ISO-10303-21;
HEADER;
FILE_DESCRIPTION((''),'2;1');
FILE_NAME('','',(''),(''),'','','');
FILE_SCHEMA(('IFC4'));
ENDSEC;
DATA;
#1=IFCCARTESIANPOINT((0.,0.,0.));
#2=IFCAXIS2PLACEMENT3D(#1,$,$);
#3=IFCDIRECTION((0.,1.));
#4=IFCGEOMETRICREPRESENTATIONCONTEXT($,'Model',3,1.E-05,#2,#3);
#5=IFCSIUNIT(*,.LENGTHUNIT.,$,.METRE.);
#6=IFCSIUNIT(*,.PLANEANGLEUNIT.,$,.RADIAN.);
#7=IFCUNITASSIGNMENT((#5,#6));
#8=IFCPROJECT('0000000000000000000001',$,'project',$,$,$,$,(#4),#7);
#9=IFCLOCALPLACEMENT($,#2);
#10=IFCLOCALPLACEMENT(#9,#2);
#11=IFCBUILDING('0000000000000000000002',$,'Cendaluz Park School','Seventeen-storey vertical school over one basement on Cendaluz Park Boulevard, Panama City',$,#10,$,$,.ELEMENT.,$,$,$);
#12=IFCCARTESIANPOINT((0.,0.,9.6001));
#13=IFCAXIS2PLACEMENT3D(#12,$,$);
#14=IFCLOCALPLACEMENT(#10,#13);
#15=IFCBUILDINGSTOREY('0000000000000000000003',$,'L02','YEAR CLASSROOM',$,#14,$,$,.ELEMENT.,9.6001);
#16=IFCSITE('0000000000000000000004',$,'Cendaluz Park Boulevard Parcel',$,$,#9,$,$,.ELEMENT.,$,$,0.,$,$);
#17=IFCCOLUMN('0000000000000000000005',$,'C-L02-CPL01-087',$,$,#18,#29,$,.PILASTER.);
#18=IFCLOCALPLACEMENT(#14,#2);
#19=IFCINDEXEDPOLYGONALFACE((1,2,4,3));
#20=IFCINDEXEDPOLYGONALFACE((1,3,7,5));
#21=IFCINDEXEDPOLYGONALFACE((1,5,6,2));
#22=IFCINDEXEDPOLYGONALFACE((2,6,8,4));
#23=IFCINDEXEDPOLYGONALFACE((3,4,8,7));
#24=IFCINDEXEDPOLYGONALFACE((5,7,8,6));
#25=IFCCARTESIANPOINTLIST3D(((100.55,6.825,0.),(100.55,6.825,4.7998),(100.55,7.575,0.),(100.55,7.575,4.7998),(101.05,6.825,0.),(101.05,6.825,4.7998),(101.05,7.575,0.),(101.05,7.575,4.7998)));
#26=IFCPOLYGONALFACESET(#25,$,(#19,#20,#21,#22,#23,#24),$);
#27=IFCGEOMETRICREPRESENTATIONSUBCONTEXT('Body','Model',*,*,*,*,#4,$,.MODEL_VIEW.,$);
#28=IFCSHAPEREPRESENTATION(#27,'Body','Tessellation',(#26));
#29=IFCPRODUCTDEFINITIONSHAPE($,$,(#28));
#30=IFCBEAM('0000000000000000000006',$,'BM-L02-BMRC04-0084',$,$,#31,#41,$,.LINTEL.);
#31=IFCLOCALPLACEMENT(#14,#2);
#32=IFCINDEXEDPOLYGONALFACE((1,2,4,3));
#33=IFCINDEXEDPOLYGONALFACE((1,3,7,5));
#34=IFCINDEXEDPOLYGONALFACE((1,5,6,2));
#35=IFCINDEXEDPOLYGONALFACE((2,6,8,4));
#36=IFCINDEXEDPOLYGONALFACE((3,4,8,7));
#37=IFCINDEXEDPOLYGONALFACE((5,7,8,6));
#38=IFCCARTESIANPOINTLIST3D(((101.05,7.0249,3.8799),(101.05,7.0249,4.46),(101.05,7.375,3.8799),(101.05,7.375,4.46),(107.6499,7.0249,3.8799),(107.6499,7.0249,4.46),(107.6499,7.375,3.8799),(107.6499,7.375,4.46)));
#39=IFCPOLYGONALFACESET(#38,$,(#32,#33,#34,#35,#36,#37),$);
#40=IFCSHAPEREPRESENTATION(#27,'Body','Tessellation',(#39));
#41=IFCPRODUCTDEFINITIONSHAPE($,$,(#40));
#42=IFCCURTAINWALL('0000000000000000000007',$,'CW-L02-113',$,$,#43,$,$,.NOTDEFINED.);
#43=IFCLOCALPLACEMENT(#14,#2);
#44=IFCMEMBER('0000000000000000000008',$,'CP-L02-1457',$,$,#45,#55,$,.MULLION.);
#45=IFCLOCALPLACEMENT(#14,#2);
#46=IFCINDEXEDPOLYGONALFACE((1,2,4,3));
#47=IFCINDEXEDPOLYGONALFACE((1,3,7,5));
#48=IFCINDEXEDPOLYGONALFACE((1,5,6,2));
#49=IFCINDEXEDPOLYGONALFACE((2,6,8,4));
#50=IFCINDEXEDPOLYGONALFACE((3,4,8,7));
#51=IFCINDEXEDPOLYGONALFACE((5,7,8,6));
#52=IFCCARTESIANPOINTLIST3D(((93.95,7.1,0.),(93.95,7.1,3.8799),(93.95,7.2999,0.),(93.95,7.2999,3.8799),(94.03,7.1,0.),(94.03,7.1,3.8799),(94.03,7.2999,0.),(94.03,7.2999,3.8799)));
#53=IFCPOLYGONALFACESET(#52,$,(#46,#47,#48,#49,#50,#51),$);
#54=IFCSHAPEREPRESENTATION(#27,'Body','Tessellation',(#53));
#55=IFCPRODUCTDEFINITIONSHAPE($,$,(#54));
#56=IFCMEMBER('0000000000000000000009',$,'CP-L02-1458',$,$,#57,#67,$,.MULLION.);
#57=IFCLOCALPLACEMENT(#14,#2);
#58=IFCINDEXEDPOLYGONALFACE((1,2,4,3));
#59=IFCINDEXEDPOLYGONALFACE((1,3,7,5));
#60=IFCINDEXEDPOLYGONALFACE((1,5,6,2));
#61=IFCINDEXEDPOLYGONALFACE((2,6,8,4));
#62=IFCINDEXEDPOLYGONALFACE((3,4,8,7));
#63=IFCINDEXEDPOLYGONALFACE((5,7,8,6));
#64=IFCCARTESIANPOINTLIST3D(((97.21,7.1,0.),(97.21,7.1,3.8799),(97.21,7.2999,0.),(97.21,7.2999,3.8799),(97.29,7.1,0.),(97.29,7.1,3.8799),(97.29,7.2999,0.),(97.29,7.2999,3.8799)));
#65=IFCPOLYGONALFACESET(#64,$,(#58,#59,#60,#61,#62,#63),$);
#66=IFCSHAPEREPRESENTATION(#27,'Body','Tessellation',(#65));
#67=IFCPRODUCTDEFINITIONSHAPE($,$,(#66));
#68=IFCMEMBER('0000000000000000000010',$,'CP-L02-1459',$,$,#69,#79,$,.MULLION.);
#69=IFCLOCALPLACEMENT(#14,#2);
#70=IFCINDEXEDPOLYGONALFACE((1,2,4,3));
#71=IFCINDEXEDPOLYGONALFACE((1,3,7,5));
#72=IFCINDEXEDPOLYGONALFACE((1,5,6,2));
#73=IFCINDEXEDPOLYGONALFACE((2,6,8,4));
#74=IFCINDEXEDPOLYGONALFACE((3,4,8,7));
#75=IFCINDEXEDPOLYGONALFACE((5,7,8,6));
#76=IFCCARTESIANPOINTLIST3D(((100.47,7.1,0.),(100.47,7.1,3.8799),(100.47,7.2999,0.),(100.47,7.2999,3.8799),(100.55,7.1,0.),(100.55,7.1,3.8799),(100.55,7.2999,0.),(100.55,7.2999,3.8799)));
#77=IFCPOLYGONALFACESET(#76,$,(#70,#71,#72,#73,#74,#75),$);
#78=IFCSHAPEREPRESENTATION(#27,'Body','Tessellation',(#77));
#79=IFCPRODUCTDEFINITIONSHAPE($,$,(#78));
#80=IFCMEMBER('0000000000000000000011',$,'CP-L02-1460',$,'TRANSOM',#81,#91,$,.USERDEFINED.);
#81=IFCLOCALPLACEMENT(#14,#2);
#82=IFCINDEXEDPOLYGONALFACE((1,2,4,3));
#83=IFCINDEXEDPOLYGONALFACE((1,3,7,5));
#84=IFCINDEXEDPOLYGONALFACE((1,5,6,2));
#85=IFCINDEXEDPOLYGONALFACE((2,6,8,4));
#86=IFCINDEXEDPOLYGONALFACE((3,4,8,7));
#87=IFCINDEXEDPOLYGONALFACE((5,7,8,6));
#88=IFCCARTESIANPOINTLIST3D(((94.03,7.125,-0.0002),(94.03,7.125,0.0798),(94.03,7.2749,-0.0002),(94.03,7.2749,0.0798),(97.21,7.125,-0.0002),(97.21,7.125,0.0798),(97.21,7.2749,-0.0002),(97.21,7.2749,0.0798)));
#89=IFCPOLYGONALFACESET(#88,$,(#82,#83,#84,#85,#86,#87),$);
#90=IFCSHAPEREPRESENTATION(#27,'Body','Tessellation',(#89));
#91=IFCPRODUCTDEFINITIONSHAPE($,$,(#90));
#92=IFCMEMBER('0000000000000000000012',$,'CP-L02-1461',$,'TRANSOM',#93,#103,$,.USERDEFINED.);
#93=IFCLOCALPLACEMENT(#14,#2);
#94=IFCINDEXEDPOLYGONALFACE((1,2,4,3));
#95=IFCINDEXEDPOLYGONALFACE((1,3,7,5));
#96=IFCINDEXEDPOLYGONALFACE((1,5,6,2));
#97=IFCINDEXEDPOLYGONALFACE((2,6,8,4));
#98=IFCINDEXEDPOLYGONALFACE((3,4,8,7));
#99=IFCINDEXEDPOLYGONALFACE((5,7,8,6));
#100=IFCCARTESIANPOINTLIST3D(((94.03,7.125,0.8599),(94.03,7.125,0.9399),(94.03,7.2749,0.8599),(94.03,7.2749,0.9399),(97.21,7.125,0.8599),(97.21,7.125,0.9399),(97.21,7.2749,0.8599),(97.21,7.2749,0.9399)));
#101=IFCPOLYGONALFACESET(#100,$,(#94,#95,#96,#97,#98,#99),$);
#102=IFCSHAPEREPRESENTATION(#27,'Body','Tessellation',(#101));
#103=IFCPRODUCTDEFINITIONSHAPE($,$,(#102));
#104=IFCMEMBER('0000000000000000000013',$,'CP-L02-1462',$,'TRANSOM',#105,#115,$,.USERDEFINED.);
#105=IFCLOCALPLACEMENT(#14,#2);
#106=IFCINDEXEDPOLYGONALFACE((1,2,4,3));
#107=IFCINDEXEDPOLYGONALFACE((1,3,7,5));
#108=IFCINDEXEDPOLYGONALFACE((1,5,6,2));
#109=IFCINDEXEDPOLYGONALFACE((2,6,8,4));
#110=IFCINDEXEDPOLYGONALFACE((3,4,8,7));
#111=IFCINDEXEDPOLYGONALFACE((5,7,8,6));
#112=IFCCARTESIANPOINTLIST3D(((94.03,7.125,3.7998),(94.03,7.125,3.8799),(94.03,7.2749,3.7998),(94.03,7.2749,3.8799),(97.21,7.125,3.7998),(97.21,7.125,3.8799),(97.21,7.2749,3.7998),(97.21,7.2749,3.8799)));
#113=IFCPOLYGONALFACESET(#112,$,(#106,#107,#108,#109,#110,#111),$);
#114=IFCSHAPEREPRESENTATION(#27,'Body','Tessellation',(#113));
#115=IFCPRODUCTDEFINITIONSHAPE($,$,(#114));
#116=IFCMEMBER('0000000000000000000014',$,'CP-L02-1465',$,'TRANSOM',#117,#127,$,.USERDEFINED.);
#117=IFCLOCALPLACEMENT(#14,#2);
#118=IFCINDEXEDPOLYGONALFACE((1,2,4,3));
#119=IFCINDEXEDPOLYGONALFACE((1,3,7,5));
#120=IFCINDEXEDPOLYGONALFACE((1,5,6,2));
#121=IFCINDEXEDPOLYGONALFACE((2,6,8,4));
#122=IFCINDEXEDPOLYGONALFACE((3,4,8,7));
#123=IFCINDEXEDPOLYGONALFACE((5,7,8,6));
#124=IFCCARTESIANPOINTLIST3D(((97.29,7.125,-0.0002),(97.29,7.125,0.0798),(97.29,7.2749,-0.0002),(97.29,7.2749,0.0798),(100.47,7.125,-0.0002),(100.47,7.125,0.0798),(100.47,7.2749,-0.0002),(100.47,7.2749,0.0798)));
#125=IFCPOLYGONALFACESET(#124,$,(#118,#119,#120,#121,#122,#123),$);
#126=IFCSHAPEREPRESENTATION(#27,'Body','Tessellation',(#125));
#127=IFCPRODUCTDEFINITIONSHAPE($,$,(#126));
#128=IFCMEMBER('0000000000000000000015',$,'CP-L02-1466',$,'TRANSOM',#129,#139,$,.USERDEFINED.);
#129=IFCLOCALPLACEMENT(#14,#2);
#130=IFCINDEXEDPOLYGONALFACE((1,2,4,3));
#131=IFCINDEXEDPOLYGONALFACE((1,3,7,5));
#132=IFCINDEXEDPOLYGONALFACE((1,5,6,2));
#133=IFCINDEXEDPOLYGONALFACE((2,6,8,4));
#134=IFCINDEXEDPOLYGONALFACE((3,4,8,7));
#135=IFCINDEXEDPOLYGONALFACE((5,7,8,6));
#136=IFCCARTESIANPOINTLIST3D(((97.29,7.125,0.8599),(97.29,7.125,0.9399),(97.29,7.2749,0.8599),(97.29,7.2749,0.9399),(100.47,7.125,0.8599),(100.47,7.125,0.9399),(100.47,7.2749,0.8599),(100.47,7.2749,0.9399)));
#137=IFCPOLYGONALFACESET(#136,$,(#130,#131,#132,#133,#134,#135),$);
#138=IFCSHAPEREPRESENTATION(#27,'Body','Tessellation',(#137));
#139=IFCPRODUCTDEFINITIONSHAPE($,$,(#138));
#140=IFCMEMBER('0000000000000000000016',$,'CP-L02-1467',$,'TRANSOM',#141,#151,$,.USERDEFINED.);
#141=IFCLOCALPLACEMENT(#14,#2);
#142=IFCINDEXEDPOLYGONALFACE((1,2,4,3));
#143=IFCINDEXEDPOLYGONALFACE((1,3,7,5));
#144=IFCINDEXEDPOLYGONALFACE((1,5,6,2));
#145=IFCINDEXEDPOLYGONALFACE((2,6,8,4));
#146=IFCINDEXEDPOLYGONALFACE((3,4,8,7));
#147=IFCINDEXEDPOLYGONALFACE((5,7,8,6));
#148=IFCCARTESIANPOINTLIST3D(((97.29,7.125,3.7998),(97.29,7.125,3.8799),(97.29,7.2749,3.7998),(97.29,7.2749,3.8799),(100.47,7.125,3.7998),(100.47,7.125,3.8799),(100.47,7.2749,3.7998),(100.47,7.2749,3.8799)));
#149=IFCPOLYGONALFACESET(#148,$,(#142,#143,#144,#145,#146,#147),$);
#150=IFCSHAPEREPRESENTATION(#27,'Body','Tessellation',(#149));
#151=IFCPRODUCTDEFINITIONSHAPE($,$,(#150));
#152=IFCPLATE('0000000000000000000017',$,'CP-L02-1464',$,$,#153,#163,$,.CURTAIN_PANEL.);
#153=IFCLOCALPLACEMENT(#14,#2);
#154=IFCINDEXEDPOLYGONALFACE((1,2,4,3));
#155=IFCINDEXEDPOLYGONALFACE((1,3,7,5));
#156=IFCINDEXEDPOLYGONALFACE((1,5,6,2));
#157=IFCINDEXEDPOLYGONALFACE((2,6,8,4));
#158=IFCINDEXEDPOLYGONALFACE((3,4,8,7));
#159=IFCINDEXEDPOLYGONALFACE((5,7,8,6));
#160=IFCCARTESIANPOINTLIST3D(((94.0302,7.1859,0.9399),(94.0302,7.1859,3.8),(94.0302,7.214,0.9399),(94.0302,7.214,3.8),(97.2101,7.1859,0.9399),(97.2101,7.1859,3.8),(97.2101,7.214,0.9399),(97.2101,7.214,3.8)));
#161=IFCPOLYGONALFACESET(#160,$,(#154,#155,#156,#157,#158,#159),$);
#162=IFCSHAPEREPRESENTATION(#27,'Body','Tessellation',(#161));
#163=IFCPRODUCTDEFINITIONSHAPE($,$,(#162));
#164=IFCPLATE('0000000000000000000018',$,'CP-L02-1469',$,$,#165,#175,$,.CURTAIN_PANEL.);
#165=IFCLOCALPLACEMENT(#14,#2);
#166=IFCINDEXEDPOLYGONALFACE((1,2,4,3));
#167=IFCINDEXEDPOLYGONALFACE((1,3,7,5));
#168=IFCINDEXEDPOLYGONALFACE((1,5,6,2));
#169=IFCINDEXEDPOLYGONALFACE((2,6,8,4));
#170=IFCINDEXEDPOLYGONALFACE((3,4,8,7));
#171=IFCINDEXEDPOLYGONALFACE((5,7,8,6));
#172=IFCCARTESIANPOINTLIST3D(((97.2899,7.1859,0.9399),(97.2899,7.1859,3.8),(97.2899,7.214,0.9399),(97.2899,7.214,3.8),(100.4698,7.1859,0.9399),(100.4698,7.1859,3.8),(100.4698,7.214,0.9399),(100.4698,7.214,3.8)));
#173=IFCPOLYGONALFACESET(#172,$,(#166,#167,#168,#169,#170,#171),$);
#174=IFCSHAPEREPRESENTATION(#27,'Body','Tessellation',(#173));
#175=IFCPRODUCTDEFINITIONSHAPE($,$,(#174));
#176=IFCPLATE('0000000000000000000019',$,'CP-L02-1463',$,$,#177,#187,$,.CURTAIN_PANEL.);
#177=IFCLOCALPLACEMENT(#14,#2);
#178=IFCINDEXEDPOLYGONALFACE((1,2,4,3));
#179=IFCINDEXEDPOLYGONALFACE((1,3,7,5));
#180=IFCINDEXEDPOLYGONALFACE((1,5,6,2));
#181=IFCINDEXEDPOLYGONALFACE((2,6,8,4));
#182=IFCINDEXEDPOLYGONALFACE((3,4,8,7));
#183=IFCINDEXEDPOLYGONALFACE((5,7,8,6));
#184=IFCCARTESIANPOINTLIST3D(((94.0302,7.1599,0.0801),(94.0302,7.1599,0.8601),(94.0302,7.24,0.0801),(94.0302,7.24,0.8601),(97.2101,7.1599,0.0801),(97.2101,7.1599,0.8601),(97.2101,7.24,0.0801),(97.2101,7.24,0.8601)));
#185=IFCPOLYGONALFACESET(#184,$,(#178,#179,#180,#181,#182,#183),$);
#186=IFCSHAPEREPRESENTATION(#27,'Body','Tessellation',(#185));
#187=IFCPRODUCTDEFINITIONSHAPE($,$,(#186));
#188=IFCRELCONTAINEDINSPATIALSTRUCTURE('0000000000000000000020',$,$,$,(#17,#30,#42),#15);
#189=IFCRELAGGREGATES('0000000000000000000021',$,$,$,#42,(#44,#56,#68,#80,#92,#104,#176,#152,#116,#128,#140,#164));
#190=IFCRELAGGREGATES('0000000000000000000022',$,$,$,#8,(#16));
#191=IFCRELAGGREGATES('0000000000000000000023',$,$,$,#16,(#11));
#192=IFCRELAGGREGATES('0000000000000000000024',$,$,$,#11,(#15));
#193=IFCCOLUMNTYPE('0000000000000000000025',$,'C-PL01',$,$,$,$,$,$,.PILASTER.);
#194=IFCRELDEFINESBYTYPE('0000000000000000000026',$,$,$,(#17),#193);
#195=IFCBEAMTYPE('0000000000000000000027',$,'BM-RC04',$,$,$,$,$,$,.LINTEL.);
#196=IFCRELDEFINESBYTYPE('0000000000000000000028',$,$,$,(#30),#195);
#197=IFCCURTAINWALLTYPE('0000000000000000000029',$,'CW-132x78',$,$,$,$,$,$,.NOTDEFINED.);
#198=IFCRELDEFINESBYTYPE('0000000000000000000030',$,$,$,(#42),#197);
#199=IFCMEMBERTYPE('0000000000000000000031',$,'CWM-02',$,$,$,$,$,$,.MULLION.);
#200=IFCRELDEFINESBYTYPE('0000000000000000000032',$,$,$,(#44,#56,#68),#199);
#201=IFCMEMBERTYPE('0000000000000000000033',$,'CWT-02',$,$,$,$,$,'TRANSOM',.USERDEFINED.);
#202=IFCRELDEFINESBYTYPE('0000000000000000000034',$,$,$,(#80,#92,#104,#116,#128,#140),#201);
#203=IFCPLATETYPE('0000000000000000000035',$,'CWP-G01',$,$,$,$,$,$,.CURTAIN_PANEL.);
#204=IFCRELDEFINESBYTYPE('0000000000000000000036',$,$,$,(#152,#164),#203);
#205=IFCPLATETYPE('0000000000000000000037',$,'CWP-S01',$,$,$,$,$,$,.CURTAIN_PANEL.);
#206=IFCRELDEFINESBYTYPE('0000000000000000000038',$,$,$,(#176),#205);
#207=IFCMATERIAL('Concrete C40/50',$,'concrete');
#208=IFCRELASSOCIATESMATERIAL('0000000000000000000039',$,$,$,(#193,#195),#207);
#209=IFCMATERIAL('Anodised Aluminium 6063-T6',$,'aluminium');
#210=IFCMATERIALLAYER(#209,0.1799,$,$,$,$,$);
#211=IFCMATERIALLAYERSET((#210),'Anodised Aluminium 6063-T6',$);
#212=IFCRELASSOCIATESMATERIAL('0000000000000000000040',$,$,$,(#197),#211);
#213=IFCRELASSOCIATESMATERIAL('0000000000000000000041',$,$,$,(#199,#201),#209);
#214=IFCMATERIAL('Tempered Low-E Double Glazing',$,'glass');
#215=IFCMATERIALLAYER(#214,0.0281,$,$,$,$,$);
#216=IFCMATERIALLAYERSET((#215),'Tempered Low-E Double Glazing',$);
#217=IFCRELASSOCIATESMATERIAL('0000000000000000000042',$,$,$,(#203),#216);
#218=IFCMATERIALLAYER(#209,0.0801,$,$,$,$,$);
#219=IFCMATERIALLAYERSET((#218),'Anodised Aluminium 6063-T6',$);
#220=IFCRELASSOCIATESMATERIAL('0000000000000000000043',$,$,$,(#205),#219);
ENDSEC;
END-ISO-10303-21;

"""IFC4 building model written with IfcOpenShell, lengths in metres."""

from ifc_helpers import new_model, si_unit, direction, frame, origin, origin_2d, place, context, subcontext, project, spatial, rectangle, extrude, material, layer, layer_set, material_profile, profile_set, type_object, element, aggregate, save


model = new_model("IFC4")

# Units and contexts
model_context = context("Model", 3, precision=1e-05, world=origin(), true_north=direction((0.0, 1.0)))
body_context = subcontext(model_context, "Body", "Model", "MODEL_VIEW")
ifc_project = project(units=[si_unit("LENGTHUNIT", "METRE"), si_unit("PLANEANGLEUNIT", "RADIAN")], contexts=[model_context])

# Site, building, storey
site_placement = place(None, origin())
site = spatial("IfcSite", under=ifc_project, at=site_placement, Name="Cendaluz Park Boulevard Parcel", CompositionType="ELEMENT", RefElevation=0.0)
building_placement = place(site_placement, origin())
building = spatial("IfcBuilding", under=site, at=building_placement, Name="Cendaluz Park School", Description="Seventeen-storey vertical school over one basement on Cendaluz Park Boulevard, Panama City", CompositionType="ELEMENT")
storey_placement = place(building_placement, frame((0.0, 0.0, 9.6001)))
storey = spatial("IfcBuildingStorey", under=building, at=storey_placement, Name="L02", Description="YEAR CLASSROOM", CompositionType="ELEMENT", Elevation=9.6001)

# Column
ifc_material_1 = material(Name="Concrete C40/50", Category="concrete")
ifc_material_profile_1 = material_profile(ifc_material_1, rectangle(XDim=0.5, YDim=0.75, at=origin_2d()), Name="RC 500x750", Category="concrete")
ifc_profile_set_1 = profile_set([ifc_material_profile_1], Name="Concrete C40/50")
column_type = type_object("IfcColumnType", Name="C-PL01", PredefinedType="PILASTER", material=ifc_profile_set_1)
column_placement = place(storey_placement, frame((100.8, 7.2, 0.0), z_axis=(0.0, 0.0, 1.0), x_axis=(1.0, 0.0, 0.0)))
element("IfcColumn", 1, at=column_placement, inside=storey, type_object=column_type, Name="C-L02-CPL01-087", PredefinedType="PILASTER", context=body_context, shape_type="SweptSolid", body=[
    extrude(rectangle(XDim=0.5, YDim=0.75, at=origin_2d()), origin(), (0.0, 0.0, 1.0), 4.7998),
])

# Beam
ifc_material_profile_2 = material_profile(ifc_material_1, rectangle(XDim=0.3501, YDim=0.5801, at=origin_2d()), Name="RC 350x580", Category="concrete")
ifc_profile_set_2 = profile_set([ifc_material_profile_2], Name="Concrete C40/50")
beam_type = type_object("IfcBeamType", Name="BM-RC04", PredefinedType="LINTEL", material=ifc_profile_set_2)
beam_placement = place(storey_placement, frame((101.05, 7.2, 4.1699), z_axis=(1.0, 0.0, 0.0), x_axis=(0.0, 1.0, 0.0)))
element("IfcBeam", 2, at=beam_placement, inside=storey, type_object=beam_type, Name="BM-L02-BMRC04-0084", PredefinedType="LINTEL", context=body_context, shape_type="SweptSolid", body=[
    extrude(rectangle(XDim=0.3501, YDim=0.5801, at=origin_2d()), origin(), (0.0, 0.0, 1.0), 6.5999),
])

# Curtain wall, members, plates
ifc_material_2 = material(Name="Anodised Aluminium 6063-T6", Category="aluminium")
ifc_layer_1 = layer(ifc_material_2, 0.1799)
ifc_layer_set_1 = layer_set([ifc_layer_1], Name="Anodised Aluminium 6063-T6")
curtain_wall_type = type_object("IfcCurtainWallType", Name="CW-132x78", PredefinedType="NOTDEFINED", material=ifc_layer_set_1)
curtain_wall_placement = place(storey_placement, origin())
curtain_wall = element("IfcCurtainWall", 3, at=curtain_wall_placement, inside=storey, type_object=curtain_wall_type, Name="CW-L02-113", PredefinedType="NOTDEFINED")
ifc_material_profile_3 = material_profile(ifc_material_2, rectangle(XDim=0.2, YDim=0.0801, at=origin_2d()), Name="CWM 200x80", Category="aluminium")
ifc_profile_set_3 = profile_set([ifc_material_profile_3], Name="Anodised Aluminium 6063-T6")
member_type_1 = type_object("IfcMemberType", Name="CWM-02", PredefinedType="MULLION", material=ifc_profile_set_3)
member_1_placement = place(storey_placement, frame((93.99, 7.2, 0.0), z_axis=(0.0, 0.0, 1.0), x_axis=(0.0, 1.0, 0.0)))
member_1 = element("IfcMember", 4, at=member_1_placement, type_object=member_type_1, Name="CP-L02-1457", PredefinedType="MULLION", context=body_context, shape_type="SweptSolid", body=[
    extrude(rectangle(XDim=0.2, YDim=0.0801, at=origin_2d()), origin(), (0.0, 0.0, 1.0), 3.8799),
])
member_2_placement = place(storey_placement, frame((97.25, 7.2, 0.0), z_axis=(0.0, 0.0, 1.0), x_axis=(0.0, 1.0, 0.0)))
member_2 = element("IfcMember", 5, at=member_2_placement, type_object=member_type_1, Name="CP-L02-1458", PredefinedType="MULLION", context=body_context, shape_type="SweptSolid", body=[
    extrude(rectangle(XDim=0.2, YDim=0.0801, at=origin_2d()), origin(), (0.0, 0.0, 1.0), 3.8799),
])
member_3_placement = place(storey_placement, frame((100.51, 7.2, 0.0), z_axis=(0.0, 0.0, 1.0), x_axis=(0.0, 1.0, 0.0)))
member_3 = element("IfcMember", 6, at=member_3_placement, type_object=member_type_1, Name="CP-L02-1459", PredefinedType="MULLION", context=body_context, shape_type="SweptSolid", body=[
    extrude(rectangle(XDim=0.2, YDim=0.0801, at=origin_2d()), origin(), (0.0, 0.0, 1.0), 3.8799),
])
ifc_material_profile_4 = material_profile(ifc_material_2, rectangle(XDim=0.1499, YDim=0.0801, at=origin_2d()), Name="CWT 150x80", Category="aluminium")
ifc_profile_set_4 = profile_set([ifc_material_profile_4], Name="Anodised Aluminium 6063-T6")
member_type_2 = type_object("IfcMemberType", Name="CWT-02", ElementType="TRANSOM", PredefinedType="USERDEFINED", material=ifc_profile_set_4)
member_4_placement = place(storey_placement, frame((94.03, 7.2, 0.0398), z_axis=(1.0, 0.0, 0.0), x_axis=(0.0, 1.0, 0.0)))
member_4 = element("IfcMember", 7, at=member_4_placement, type_object=member_type_2, Name="CP-L02-1460", ObjectType="TRANSOM", PredefinedType="USERDEFINED", context=body_context, shape_type="SweptSolid", body=[
    extrude(rectangle(XDim=0.1499, YDim=0.0801, at=origin_2d()), origin(), (0.0, 0.0, 1.0), 3.1799),
])
member_5_placement = place(storey_placement, frame((94.03, 7.2, 0.8999), z_axis=(1.0, 0.0, 0.0), x_axis=(0.0, 1.0, 0.0)))
member_5 = element("IfcMember", 8, at=member_5_placement, type_object=member_type_2, Name="CP-L02-1461", ObjectType="TRANSOM", PredefinedType="USERDEFINED", context=body_context, shape_type="SweptSolid", body=[
    extrude(rectangle(XDim=0.1499, YDim=0.0801, at=origin_2d()), origin(), (0.0, 0.0, 1.0), 3.1799),
])
member_6_placement = place(storey_placement, frame((94.03, 7.2, 3.8398), z_axis=(1.0, 0.0, 0.0), x_axis=(0.0, 1.0, 0.0)))
member_6 = element("IfcMember", 9, at=member_6_placement, type_object=member_type_2, Name="CP-L02-1462", ObjectType="TRANSOM", PredefinedType="USERDEFINED", context=body_context, shape_type="SweptSolid", body=[
    extrude(rectangle(XDim=0.1499, YDim=0.0801, at=origin_2d()), origin(), (0.0, 0.0, 1.0), 3.1799),
])
member_7_placement = place(storey_placement, frame((97.29, 7.2, 0.0398), z_axis=(1.0, 0.0, 0.0), x_axis=(0.0, 1.0, 0.0)))
member_7 = element("IfcMember", 10, at=member_7_placement, type_object=member_type_2, Name="CP-L02-1465", ObjectType="TRANSOM", PredefinedType="USERDEFINED", context=body_context, shape_type="SweptSolid", body=[
    extrude(rectangle(XDim=0.1499, YDim=0.0801, at=origin_2d()), origin(), (0.0, 0.0, 1.0), 3.1799),
])
member_8_placement = place(storey_placement, frame((97.29, 7.2, 0.8999), z_axis=(1.0, 0.0, 0.0), x_axis=(0.0, 1.0, 0.0)))
member_8 = element("IfcMember", 11, at=member_8_placement, type_object=member_type_2, Name="CP-L02-1466", ObjectType="TRANSOM", PredefinedType="USERDEFINED", context=body_context, shape_type="SweptSolid", body=[
    extrude(rectangle(XDim=0.1499, YDim=0.0801, at=origin_2d()), origin(), (0.0, 0.0, 1.0), 3.1799),
])
member_9_placement = place(storey_placement, frame((97.29, 7.2, 3.8398), z_axis=(1.0, 0.0, 0.0), x_axis=(0.0, 1.0, 0.0)))
member_9 = element("IfcMember", 12, at=member_9_placement, type_object=member_type_2, Name="CP-L02-1467", ObjectType="TRANSOM", PredefinedType="USERDEFINED", context=body_context, shape_type="SweptSolid", body=[
    extrude(rectangle(XDim=0.1499, YDim=0.0801, at=origin_2d()), origin(), (0.0, 0.0, 1.0), 3.1799),
])
ifc_material_3 = material(Name="Tempered Low-E Double Glazing", Category="glass")
ifc_layer_2 = layer(ifc_material_3, 0.0281)
ifc_layer_set_2 = layer_set([ifc_layer_2], Name="Tempered Low-E Double Glazing")
plate_type_1 = type_object("IfcPlateType", Name="CWP-G01", PredefinedType="CURTAIN_PANEL", material=ifc_layer_set_2)
plate_1_placement = place(storey_placement, frame((95.6201, 7.2, 0.9399), z_axis=(0.0, 0.0, 1.0), x_axis=(1.0, 0.0, 0.0)))
plate_1 = element("IfcPlate", 13, at=plate_1_placement, type_object=plate_type_1, Name="CP-L02-1464", PredefinedType="CURTAIN_PANEL", context=body_context, shape_type="SweptSolid", body=[
    extrude(rectangle(XDim=3.1799, YDim=0.0281, at=origin_2d()), origin(), (0.0, 0.0, 1.0), 2.8601),
])
plate_2_placement = place(storey_placement, frame((98.8799, 7.2, 0.9399), z_axis=(0.0, 0.0, 1.0), x_axis=(1.0, 0.0, 0.0)))
plate_2 = element("IfcPlate", 14, at=plate_2_placement, type_object=plate_type_1, Name="CP-L02-1469", PredefinedType="CURTAIN_PANEL", context=body_context, shape_type="SweptSolid", body=[
    extrude(rectangle(XDim=3.1799, YDim=0.0281, at=origin_2d()), origin(), (0.0, 0.0, 1.0), 2.8601),
])
ifc_layer_3 = layer(ifc_material_2, 0.0801)
ifc_layer_set_3 = layer_set([ifc_layer_3], Name="Anodised Aluminium 6063-T6")
plate_type_2 = type_object("IfcPlateType", Name="CWP-S01", PredefinedType="CURTAIN_PANEL", material=ifc_layer_set_3)
plate_3_placement = place(storey_placement, frame((95.6201, 7.2, 0.0801), z_axis=(0.0, 0.0, 1.0), x_axis=(1.0, 0.0, 0.0)))
plate_3 = element("IfcPlate", 15, at=plate_3_placement, type_object=plate_type_2, Name="CP-L02-1463", PredefinedType="CURTAIN_PANEL", context=body_context, shape_type="SweptSolid", body=[
    extrude(rectangle(XDim=3.1799, YDim=0.0801, at=origin_2d()), origin(), (0.0, 0.0, 1.0), 0.78),
])
aggregate(curtain_wall, [member_1, member_2, member_3, member_4, member_5, member_6, plate_3, plate_1, member_7, member_8, member_9, plate_2])

save(model, "model.ifc")
